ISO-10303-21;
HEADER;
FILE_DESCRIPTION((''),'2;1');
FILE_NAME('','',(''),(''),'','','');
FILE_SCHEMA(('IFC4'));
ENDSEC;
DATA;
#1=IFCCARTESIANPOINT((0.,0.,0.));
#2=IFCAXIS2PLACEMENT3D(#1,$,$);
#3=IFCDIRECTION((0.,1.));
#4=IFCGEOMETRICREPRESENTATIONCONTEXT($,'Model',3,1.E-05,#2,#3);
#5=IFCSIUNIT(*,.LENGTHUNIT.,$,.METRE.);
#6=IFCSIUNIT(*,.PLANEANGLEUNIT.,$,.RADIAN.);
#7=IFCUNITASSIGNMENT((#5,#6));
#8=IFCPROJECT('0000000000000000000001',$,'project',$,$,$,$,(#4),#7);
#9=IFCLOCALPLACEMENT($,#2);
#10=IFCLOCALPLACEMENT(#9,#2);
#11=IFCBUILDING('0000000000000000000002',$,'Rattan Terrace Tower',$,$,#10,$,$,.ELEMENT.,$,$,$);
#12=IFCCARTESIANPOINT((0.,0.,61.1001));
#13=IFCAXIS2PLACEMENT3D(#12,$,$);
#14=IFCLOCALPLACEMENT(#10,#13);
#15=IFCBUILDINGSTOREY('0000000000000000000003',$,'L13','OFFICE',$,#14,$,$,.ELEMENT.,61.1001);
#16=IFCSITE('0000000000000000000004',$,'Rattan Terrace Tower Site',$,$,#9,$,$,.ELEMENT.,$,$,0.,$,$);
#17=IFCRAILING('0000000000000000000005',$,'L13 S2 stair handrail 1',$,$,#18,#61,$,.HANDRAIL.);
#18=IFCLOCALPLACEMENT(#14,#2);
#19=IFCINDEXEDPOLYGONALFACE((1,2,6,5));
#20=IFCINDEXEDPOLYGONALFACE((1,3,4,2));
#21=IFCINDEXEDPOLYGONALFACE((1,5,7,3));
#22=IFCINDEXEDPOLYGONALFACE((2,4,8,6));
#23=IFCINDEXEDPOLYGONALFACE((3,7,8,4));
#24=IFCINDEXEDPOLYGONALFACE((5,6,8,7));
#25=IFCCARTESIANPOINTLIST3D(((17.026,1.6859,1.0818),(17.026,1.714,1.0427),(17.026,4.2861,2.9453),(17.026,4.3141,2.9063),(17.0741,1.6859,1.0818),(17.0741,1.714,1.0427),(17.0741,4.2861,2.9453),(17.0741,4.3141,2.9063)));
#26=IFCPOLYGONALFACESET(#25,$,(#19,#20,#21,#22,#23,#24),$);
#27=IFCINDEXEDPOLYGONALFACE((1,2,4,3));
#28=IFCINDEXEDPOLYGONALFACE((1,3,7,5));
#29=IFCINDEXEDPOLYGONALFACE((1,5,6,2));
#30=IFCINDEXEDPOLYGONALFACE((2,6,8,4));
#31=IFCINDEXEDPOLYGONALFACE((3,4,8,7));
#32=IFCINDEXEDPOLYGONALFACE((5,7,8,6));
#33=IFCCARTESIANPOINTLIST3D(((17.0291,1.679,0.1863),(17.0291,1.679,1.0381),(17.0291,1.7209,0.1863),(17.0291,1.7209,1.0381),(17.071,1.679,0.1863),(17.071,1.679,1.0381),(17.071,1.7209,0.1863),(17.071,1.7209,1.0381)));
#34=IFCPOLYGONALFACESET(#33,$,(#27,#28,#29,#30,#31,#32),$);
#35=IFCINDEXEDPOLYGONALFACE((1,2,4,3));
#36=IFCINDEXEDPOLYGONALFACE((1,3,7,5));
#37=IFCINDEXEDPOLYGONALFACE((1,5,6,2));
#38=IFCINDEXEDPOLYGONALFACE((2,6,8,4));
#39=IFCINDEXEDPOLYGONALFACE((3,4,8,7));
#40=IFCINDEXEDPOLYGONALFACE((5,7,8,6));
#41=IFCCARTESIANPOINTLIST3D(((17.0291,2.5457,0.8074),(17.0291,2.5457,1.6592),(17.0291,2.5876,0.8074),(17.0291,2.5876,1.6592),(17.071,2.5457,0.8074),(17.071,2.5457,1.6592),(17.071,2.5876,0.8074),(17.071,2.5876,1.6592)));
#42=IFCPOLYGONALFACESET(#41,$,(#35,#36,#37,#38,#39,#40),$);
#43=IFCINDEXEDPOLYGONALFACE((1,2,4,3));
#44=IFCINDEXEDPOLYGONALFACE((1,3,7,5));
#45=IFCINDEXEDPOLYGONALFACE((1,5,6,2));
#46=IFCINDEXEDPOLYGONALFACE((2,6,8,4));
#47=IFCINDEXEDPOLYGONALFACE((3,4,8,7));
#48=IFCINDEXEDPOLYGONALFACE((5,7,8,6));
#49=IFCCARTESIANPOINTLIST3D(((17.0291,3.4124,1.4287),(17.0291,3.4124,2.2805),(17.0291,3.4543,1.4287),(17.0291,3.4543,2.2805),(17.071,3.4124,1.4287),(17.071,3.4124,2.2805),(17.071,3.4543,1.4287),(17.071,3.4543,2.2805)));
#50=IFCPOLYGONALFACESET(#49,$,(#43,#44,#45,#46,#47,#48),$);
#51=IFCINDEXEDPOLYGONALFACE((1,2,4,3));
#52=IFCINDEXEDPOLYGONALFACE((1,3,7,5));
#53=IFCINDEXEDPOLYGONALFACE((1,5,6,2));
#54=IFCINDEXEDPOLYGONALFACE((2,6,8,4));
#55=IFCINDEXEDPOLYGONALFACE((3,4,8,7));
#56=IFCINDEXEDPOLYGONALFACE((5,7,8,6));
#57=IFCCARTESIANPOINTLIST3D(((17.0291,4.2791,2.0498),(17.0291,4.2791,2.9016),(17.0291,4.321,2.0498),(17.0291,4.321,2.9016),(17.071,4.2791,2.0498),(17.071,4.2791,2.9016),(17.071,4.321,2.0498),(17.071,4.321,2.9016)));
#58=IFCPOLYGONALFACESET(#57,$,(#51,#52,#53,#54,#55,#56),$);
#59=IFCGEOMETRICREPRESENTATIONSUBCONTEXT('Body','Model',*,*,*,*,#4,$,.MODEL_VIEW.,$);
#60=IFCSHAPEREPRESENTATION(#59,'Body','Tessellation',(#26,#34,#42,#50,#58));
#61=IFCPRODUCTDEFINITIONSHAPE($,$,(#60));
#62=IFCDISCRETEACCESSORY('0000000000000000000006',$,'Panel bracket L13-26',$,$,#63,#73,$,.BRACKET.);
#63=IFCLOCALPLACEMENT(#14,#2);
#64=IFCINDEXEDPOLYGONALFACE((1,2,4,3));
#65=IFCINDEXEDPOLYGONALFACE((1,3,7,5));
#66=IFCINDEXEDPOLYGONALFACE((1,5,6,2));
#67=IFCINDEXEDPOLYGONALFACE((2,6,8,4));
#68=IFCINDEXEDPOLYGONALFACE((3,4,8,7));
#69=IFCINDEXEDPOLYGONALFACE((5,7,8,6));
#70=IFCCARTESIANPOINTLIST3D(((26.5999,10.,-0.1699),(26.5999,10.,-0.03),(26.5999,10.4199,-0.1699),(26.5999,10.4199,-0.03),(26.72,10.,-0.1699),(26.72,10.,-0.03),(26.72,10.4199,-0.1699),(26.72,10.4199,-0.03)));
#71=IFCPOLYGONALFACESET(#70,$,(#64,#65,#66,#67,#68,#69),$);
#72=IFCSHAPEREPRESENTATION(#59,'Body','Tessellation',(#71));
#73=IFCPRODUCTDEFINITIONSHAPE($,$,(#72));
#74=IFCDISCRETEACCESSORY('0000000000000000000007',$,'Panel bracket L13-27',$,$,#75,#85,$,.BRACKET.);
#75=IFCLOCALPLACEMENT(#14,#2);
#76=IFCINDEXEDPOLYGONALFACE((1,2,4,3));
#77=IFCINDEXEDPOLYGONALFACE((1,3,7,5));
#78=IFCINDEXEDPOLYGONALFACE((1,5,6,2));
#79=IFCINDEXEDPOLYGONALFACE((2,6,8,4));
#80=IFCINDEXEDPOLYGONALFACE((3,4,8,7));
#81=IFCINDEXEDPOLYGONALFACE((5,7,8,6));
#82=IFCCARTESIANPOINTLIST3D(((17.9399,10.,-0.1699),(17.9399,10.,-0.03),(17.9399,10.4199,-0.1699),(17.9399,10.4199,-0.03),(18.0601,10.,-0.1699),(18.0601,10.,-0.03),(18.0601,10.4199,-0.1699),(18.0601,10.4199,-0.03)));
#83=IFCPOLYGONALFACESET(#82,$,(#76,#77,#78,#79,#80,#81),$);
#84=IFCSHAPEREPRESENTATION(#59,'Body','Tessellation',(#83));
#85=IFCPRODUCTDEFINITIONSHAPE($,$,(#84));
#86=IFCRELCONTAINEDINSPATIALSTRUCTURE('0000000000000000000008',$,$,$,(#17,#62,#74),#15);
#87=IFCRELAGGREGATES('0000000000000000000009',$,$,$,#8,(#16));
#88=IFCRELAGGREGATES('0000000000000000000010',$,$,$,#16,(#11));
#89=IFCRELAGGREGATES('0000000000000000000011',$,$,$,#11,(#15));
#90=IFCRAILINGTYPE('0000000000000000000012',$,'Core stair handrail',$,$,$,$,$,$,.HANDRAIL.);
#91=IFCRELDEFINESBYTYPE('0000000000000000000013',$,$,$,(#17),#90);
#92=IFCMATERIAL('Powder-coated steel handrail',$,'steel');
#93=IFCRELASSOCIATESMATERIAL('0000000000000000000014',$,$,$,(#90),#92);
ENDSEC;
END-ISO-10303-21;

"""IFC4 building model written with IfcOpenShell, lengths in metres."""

from ifc_helpers import new_model, si_unit, direction, frame, origin, origin_2d, place, context, subcontext, project, spatial, rectangle, extrude, material, type_object, element, save


model = new_model("IFC4")

# Units and contexts
model_context = context("Model", 3, precision=1e-05, world=origin(), true_north=direction((0.0, 1.0)))
body_context = subcontext(model_context, "Body", "Model", "MODEL_VIEW")
ifc_project = project(units=[si_unit("LENGTHUNIT", "METRE"), si_unit("PLANEANGLEUNIT", "RADIAN")], contexts=[model_context])

# Site, building, storey
site_placement = place(None, origin())
site = spatial("IfcSite", under=ifc_project, at=site_placement, Name="Rattan Terrace Tower Site", CompositionType="ELEMENT", RefElevation=0.0)
building_placement = place(site_placement, origin())
building = spatial("IfcBuilding", under=site, at=building_placement, Name="Rattan Terrace Tower", CompositionType="ELEMENT")
storey_placement = place(building_placement, frame((0.0, 0.0, 61.1001)))
storey = spatial("IfcBuildingStorey", under=building, at=storey_placement, Name="L13", Description="OFFICE", CompositionType="ELEMENT", Elevation=61.1001)

# Railing
ifc_material_1 = material(Name="Powder-coated steel handrail", Category="steel")
railing_type = type_object("IfcRailingType", Name="Core stair handrail", PredefinedType="HANDRAIL", material=ifc_material_1)
railing_placement = place(storey_placement, frame((17.05, 1.7, 0.1863)))
element("IfcRailing", 1, at=railing_placement, inside=storey, type_object=railing_type, Name="L13 S2 stair handrail 1", PredefinedType="HANDRAIL", context=body_context, shape_type="SweptSolid", body=[
    extrude(rectangle(XDim=0.0481, YDim=0.0481, at=origin_2d()), frame((0.0, 0.0, 0.876), z_axis=(0.0, 0.812799, 0.582544), x_axis=(-1.0, 0.0, 0.0)), (0.0, 0.0, 1.0), 3.199),
    extrude(rectangle(XDim=0.042, YDim=0.042, at=origin_2d()), origin(), (0.0, 0.0, 1.0), 0.8518),
    extrude(rectangle(XDim=0.042, YDim=0.042, at=origin_2d()), frame((0.0, 0.8667, 0.6211)), (0.0, 0.0, 1.0), 0.8518),
    extrude(rectangle(XDim=0.042, YDim=0.042, at=origin_2d()), frame((0.0, 1.7334, 1.2424)), (0.0, 0.0, 1.0), 0.8518),
    extrude(rectangle(XDim=0.042, YDim=0.042, at=origin_2d()), frame((0.0, 2.6001, 1.8635)), (0.0, 0.0, 1.0), 0.8518),
])

# Discrete accessories
for number, where, z_axis, x_axis, name in (
    (2, (26.6599, 10.21, -0.1699), (0.0, 0.0, 1.0), (-1.0, 0.0, 0.0), "Panel bracket L13-26"),
    (3, (18.0, 10.21, -0.1699), (0.0, 0.0, 1.0), (-1.0, 0.0, 0.0), "Panel bracket L13-27"),
):
    element("IfcDiscreteAccessory", number, at=place(storey_placement, frame(where, z_axis=z_axis, x_axis=x_axis)), inside=storey, Name=name, PredefinedType="BRACKET", context=body_context, shape_type="SweptSolid", body=[
        extrude(rectangle(XDim=0.1201, YDim=0.4199, at=origin_2d()), origin(), (0.0, 0.0, 1.0), 0.1399),
    ])

save(model, "model.ifc")
